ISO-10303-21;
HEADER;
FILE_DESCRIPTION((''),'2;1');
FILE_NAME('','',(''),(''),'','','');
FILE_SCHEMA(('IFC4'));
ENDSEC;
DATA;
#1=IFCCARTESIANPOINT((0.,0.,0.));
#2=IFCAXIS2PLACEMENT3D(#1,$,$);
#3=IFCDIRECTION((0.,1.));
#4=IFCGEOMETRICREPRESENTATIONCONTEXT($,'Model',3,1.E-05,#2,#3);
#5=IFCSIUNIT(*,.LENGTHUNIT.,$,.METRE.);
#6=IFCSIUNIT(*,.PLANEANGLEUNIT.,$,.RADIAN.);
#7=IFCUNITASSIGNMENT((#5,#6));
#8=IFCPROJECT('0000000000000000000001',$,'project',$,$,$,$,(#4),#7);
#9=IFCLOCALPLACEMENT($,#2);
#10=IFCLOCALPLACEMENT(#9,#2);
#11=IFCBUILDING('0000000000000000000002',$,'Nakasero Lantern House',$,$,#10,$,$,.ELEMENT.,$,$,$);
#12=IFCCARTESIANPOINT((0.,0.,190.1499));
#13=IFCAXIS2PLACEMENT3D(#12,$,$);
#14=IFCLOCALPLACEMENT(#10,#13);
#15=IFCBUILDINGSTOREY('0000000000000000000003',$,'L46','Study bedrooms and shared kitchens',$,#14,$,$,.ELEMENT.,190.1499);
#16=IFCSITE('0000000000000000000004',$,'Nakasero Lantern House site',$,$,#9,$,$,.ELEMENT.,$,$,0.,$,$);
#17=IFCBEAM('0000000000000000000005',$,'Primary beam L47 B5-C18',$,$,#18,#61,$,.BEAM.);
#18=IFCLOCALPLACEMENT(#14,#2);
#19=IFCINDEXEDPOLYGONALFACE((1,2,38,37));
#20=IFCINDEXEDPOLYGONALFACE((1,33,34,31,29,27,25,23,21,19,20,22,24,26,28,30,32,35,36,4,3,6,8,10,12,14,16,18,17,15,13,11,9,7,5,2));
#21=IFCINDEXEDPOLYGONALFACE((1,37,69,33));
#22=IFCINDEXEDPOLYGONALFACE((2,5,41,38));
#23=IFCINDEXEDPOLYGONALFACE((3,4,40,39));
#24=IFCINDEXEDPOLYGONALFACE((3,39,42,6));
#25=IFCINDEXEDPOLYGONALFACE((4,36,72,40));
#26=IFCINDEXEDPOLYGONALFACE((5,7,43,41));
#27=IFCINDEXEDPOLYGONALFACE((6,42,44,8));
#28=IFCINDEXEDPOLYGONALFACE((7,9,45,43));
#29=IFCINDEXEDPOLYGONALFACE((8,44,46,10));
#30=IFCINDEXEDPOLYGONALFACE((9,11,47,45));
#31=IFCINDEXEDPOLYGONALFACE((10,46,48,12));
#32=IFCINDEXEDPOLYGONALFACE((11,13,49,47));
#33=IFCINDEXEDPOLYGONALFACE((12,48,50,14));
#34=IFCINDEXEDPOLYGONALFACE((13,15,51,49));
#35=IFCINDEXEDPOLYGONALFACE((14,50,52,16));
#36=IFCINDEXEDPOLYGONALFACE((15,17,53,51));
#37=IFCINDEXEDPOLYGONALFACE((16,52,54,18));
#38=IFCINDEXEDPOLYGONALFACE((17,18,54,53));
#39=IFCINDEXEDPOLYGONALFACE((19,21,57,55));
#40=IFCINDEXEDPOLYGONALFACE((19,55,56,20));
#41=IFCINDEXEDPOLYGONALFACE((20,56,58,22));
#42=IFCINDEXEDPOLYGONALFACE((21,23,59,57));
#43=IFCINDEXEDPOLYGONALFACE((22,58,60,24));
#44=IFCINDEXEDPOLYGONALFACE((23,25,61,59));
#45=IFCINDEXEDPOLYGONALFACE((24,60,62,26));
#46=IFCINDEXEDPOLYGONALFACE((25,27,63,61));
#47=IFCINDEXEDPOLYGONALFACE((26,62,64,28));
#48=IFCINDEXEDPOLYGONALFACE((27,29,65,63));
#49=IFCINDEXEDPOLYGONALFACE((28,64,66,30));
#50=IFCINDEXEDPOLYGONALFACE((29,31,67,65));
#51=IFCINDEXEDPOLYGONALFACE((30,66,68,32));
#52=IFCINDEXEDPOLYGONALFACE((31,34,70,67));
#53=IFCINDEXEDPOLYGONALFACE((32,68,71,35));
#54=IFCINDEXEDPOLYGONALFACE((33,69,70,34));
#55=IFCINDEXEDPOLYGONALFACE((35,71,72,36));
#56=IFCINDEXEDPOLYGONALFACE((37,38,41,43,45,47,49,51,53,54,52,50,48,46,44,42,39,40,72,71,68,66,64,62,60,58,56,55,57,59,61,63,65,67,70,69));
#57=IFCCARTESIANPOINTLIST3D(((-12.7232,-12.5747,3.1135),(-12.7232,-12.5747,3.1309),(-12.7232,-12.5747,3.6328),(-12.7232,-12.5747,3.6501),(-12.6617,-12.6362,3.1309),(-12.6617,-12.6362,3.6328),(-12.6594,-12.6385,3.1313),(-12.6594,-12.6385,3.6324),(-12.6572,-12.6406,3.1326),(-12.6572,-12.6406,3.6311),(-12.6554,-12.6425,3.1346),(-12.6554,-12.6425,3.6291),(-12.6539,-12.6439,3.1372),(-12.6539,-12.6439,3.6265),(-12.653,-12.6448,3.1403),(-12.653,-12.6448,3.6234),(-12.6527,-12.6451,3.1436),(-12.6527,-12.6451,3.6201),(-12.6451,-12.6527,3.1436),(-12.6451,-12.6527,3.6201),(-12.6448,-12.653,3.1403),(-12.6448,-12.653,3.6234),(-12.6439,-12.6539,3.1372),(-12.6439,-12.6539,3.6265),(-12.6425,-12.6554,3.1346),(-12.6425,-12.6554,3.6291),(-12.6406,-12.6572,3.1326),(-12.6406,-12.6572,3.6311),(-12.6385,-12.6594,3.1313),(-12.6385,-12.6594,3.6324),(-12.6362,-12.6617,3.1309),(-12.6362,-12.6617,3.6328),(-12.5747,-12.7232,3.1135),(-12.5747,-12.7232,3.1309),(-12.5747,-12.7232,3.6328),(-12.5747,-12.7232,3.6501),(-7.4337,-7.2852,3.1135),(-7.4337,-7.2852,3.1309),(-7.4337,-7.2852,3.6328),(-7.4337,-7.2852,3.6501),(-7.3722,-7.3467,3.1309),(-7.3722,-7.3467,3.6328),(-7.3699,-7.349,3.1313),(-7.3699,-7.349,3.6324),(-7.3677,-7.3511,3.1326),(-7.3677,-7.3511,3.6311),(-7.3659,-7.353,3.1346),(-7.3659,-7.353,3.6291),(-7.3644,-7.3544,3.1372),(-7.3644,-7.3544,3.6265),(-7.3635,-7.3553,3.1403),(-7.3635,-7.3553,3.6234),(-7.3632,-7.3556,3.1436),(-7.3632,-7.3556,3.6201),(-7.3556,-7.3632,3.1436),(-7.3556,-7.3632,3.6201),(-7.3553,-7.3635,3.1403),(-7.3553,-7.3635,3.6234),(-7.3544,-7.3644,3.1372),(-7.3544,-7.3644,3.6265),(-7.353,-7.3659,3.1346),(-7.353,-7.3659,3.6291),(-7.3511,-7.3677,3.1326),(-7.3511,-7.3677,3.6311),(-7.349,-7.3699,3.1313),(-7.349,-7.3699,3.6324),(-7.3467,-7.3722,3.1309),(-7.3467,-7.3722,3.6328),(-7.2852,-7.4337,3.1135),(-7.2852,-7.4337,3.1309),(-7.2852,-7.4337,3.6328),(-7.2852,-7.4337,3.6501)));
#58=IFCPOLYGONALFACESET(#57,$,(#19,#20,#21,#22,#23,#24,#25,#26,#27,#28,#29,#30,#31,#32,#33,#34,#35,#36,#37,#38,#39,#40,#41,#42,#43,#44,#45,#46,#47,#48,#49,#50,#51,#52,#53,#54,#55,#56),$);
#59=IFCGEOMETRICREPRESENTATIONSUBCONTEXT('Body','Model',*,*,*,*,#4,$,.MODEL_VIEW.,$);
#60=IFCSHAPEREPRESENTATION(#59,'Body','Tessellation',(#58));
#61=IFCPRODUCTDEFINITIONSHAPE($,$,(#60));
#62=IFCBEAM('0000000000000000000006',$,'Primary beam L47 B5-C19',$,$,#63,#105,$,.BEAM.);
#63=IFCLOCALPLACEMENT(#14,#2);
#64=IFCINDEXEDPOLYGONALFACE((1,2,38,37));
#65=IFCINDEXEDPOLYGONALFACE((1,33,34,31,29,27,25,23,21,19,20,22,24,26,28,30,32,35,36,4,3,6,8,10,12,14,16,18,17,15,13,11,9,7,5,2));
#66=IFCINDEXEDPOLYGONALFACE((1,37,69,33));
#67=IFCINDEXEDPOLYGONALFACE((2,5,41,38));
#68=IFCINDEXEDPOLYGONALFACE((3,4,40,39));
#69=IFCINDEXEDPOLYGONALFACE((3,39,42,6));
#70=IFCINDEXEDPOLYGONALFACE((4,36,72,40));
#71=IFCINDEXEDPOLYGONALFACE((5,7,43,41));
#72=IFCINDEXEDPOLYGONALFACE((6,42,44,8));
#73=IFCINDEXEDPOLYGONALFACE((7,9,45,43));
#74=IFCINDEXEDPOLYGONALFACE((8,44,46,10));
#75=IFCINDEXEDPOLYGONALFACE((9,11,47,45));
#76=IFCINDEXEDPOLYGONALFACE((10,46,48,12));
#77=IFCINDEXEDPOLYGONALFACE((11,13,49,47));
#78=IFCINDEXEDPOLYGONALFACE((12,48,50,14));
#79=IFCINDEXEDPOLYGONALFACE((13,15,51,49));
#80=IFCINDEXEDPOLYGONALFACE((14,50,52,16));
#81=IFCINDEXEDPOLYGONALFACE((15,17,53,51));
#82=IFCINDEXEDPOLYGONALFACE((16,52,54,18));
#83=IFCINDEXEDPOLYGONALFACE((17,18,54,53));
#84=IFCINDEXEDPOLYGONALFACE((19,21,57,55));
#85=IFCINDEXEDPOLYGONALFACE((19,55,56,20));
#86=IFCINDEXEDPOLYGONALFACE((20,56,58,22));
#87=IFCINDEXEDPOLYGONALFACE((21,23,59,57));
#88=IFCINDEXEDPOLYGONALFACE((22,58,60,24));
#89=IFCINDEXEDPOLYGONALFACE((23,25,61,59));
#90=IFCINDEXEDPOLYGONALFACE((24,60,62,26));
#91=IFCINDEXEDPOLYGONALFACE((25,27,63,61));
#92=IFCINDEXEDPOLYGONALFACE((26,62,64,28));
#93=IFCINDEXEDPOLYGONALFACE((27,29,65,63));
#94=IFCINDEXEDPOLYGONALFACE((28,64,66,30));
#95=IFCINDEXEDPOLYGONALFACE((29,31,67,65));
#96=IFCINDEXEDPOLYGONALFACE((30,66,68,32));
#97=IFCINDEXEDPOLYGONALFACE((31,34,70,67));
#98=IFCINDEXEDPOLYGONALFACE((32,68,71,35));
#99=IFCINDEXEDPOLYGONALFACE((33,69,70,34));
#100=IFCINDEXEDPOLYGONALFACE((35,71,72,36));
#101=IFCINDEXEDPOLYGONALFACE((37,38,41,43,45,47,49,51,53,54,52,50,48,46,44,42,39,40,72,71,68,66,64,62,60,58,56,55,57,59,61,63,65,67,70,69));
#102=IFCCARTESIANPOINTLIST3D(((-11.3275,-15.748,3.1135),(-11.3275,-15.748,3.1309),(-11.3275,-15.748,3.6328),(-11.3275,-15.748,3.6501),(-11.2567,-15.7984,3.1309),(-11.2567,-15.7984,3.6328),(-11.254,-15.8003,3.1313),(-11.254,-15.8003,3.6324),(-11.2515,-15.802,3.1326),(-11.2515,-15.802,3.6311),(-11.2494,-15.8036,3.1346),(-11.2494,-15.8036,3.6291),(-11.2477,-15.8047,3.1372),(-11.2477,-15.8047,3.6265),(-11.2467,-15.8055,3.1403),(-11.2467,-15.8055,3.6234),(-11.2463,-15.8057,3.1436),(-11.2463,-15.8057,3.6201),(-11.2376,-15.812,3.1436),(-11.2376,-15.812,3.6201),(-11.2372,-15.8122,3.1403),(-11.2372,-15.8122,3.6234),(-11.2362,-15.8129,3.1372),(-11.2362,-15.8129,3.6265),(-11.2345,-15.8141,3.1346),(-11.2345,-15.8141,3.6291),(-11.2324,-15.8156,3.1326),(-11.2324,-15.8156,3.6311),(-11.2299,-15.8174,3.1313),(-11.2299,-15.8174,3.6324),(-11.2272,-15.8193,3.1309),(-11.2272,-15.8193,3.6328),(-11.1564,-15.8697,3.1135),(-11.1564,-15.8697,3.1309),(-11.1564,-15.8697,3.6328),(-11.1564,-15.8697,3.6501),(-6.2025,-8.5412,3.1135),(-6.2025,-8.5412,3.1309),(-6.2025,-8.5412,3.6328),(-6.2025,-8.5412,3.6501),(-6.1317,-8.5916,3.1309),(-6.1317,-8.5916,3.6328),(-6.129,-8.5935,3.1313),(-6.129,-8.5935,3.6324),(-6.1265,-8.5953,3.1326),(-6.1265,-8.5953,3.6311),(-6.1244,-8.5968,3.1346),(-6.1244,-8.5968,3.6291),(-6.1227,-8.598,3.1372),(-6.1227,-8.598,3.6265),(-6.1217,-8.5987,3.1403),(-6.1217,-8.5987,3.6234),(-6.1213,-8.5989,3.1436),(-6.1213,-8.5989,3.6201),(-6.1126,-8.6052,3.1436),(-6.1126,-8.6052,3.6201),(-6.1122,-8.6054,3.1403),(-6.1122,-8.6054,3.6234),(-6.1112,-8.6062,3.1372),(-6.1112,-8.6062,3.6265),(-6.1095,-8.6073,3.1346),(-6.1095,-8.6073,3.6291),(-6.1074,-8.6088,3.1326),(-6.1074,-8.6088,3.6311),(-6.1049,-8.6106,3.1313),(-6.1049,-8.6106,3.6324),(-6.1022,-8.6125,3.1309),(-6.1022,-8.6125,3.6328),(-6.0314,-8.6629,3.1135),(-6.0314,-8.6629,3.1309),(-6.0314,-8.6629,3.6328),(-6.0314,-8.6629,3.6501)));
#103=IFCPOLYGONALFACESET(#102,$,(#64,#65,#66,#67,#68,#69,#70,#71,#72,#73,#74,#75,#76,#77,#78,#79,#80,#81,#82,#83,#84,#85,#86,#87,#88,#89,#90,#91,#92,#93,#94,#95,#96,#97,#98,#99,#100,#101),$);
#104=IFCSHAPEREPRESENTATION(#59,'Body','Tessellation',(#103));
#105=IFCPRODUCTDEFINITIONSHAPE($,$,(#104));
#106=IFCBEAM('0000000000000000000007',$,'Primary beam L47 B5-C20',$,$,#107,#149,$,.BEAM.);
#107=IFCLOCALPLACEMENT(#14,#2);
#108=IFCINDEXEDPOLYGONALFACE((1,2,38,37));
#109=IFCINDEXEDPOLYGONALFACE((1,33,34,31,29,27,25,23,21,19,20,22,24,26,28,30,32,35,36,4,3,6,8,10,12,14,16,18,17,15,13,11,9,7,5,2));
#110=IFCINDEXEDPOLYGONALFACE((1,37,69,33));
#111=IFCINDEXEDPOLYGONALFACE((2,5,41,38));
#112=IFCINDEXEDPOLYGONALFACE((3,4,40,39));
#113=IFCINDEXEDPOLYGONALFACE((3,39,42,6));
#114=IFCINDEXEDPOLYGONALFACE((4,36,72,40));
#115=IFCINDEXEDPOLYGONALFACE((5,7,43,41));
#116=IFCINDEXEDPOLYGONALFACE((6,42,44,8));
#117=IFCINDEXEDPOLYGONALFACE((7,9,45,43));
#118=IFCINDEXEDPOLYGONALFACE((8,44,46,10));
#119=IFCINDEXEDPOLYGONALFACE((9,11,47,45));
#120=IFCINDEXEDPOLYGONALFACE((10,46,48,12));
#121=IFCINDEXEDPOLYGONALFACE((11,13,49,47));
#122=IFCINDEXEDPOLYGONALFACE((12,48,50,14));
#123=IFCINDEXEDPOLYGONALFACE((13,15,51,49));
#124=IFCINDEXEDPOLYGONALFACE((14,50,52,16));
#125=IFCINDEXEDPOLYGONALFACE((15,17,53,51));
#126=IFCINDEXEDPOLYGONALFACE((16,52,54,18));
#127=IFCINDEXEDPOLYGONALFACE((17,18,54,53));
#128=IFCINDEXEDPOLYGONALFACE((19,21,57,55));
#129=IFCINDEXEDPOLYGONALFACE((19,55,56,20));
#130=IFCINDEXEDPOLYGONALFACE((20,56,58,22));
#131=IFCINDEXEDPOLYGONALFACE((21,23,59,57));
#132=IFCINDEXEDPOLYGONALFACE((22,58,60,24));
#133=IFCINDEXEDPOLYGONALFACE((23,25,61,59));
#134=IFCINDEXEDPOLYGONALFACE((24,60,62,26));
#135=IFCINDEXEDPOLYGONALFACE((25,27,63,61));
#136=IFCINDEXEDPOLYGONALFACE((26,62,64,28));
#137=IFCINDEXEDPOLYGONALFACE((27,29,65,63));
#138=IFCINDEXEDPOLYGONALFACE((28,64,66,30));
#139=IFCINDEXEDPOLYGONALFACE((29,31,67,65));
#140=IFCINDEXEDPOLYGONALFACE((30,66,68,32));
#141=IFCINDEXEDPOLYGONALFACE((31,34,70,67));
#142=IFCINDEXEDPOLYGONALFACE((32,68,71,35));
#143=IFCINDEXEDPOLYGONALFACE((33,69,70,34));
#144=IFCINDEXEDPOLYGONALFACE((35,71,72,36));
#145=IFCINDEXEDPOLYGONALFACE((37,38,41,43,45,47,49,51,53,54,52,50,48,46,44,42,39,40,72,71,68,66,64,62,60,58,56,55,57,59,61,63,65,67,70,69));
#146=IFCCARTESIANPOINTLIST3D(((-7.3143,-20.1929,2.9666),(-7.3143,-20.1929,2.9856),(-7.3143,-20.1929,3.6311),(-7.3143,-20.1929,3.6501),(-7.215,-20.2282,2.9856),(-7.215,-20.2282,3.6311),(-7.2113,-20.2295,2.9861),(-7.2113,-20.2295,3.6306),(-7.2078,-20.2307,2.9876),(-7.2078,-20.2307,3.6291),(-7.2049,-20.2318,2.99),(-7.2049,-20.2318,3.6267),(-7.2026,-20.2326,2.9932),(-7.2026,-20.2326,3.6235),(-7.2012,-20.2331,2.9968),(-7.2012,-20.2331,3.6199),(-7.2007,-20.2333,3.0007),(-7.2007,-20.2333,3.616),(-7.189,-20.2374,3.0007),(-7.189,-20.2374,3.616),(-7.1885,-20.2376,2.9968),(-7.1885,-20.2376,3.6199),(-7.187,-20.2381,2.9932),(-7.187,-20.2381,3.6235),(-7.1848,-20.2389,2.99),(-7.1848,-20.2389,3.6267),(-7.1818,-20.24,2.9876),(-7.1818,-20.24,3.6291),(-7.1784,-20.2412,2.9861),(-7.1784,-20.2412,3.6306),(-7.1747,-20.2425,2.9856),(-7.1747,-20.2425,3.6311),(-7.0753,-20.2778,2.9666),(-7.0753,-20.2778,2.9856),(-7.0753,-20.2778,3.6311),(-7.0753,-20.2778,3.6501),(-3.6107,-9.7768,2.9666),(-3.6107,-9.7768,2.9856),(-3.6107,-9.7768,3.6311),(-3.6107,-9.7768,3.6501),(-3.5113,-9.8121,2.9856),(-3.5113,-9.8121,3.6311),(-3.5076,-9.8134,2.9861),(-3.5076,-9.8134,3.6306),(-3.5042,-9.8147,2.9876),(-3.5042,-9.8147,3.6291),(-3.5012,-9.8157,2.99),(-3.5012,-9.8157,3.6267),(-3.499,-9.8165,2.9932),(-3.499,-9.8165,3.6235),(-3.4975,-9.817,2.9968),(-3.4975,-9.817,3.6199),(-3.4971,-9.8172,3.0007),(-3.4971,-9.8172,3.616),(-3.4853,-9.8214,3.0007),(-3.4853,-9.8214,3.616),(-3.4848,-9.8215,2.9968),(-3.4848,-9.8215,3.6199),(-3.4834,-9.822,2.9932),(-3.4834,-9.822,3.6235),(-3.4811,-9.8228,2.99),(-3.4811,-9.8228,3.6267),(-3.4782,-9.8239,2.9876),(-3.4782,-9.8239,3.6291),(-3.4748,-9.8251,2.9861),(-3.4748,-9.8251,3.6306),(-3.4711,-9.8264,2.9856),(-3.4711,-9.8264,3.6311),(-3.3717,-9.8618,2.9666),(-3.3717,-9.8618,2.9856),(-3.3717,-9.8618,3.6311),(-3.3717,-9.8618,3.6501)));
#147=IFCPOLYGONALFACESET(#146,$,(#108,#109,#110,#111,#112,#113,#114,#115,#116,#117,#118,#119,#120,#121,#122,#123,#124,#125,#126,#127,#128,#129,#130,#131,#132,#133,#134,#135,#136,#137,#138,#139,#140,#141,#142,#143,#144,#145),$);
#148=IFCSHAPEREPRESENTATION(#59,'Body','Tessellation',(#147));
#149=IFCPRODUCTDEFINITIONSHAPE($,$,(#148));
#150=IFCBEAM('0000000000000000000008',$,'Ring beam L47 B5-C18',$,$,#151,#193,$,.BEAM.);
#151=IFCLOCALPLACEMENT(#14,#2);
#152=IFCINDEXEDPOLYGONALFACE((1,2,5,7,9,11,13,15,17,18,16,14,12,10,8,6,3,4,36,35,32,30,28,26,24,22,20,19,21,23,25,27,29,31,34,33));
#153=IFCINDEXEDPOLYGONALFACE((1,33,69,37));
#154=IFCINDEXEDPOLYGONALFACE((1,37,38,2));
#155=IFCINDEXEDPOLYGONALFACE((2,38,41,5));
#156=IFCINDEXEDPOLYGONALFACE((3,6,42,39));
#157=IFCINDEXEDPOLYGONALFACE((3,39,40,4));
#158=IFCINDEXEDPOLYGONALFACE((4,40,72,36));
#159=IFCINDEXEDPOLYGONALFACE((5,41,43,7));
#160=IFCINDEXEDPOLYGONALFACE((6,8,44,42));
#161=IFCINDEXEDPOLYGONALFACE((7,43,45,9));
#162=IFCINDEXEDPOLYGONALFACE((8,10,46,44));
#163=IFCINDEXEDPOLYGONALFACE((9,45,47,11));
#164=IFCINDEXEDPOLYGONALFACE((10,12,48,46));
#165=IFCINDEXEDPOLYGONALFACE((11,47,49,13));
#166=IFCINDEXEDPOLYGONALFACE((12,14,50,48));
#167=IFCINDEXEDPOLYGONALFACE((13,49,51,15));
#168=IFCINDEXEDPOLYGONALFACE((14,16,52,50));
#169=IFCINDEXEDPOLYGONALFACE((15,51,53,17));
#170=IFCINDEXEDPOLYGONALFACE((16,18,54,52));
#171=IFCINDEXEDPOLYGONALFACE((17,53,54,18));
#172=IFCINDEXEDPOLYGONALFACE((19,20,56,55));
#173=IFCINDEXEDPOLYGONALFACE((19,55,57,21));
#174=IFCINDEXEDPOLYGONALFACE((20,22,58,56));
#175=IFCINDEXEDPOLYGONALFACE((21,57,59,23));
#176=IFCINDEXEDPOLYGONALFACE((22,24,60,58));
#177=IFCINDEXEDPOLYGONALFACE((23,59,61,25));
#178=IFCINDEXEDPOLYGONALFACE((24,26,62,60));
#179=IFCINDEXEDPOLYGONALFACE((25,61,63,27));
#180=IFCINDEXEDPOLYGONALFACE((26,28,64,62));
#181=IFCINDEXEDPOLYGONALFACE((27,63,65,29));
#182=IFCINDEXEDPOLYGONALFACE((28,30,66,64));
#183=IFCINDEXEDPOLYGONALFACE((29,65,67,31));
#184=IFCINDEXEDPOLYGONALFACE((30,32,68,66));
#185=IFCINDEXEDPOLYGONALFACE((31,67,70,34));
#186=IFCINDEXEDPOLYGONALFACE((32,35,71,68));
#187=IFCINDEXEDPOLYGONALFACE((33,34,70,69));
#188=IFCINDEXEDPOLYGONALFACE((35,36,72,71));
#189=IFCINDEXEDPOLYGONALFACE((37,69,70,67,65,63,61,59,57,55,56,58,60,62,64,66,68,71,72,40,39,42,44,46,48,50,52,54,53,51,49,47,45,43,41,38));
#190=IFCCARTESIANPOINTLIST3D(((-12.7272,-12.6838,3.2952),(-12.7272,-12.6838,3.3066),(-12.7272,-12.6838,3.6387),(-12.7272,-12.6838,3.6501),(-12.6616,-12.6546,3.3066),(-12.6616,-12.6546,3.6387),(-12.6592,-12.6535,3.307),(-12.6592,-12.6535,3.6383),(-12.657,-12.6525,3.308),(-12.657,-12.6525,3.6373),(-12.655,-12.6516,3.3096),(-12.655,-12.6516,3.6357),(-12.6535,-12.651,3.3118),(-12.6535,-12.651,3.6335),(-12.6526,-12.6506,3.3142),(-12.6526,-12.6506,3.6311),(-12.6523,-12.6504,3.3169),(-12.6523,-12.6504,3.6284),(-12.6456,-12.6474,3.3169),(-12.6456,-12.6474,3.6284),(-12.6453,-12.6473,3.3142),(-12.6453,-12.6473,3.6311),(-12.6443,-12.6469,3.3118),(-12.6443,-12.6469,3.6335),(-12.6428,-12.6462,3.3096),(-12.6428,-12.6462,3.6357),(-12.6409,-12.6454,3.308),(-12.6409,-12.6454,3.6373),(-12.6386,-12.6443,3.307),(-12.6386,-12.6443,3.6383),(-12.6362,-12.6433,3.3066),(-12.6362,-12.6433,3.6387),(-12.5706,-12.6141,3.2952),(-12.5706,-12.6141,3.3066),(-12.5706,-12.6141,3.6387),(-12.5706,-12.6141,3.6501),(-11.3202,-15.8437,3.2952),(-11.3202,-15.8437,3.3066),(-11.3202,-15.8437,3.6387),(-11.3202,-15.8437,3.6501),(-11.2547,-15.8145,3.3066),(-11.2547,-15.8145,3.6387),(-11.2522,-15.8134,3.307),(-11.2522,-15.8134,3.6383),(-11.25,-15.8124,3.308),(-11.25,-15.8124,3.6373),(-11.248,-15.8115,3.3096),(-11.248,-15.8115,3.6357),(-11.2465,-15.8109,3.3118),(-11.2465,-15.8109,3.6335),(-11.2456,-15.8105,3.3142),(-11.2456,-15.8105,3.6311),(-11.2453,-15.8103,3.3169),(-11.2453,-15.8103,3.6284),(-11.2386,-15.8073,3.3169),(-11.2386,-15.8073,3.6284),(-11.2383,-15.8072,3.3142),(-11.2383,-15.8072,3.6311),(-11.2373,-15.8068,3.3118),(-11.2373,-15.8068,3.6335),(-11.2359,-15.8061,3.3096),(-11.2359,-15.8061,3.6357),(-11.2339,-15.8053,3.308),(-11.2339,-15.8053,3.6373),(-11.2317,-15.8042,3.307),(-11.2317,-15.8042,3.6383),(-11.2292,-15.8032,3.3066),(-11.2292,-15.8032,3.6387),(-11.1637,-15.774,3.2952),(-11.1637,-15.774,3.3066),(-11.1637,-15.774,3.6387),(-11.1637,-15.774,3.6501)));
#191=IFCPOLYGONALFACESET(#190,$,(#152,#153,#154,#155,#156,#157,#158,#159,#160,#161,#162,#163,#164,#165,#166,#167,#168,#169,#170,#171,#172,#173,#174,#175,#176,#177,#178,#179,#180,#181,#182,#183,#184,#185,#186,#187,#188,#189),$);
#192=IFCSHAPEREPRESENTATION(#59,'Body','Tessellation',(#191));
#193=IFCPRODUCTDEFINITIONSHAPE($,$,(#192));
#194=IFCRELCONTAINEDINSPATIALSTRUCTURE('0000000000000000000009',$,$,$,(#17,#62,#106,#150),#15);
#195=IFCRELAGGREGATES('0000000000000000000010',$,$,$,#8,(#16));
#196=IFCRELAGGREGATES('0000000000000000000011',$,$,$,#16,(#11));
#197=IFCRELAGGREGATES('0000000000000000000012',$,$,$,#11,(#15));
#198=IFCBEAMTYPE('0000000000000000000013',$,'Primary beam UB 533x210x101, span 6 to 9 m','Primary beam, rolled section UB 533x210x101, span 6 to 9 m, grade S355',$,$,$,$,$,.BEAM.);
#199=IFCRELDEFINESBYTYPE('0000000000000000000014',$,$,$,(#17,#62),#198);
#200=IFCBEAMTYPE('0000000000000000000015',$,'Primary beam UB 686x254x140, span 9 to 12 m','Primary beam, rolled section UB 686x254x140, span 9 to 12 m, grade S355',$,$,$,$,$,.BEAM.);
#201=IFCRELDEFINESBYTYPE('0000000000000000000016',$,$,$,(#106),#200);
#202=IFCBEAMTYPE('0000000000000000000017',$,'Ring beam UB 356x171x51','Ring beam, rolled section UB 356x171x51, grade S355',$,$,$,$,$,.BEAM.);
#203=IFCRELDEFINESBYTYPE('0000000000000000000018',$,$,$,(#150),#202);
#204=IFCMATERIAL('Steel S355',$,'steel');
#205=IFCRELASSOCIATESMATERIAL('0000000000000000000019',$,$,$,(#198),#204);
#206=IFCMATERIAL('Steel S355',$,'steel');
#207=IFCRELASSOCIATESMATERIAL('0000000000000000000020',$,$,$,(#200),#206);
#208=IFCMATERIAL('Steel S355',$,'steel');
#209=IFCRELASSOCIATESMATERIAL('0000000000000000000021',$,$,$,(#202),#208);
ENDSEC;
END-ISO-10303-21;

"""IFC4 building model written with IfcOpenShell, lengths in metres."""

from ifc_helpers import new_model, si_unit, direction, frame, origin, origin_2d, place, context, subcontext, project, spatial, i_section, extrude, material, material_profile, profile_set, type_object, element, save


model = new_model("IFC4")

# Units and contexts
model_context = context("Model", 3, precision=1e-05, world=origin(), true_north=direction((0.0, 1.0)))
body_context = subcontext(model_context, "Body", "Model", "MODEL_VIEW")
ifc_project = project(units=[si_unit("LENGTHUNIT", "METRE"), si_unit("PLANEANGLEUNIT", "RADIAN")], contexts=[model_context])

# Site, building, storey
site_placement = place(None, origin())
site = spatial("IfcSite", under=ifc_project, at=site_placement, Name="Nakasero Lantern House site", CompositionType="ELEMENT", RefElevation=0.0)
building_placement = place(site_placement, origin())
building = spatial("IfcBuilding", under=site, at=building_placement, Name="Nakasero Lantern House", CompositionType="ELEMENT")
storey_placement = place(building_placement, frame((0.0, 0.0, 190.1499)))
storey = spatial("IfcBuildingStorey", under=building, at=storey_placement, Name="L46", Description="Study bedrooms and shared kitchens", CompositionType="ELEMENT", Elevation=190.1499)

# Beams
ifc_material_1 = material(Name="Steel S355", Category="steel")
ifc_material_profile_1 = material_profile(ifc_material_1, i_section(OverallWidth=0.21, OverallDepth=0.5366, WebThickness=0.0107, FlangeThickness=0.0173, FilletRadius=0.0127, at=origin_2d()), Name="UB 533x210x101")
ifc_profile_set_1 = profile_set([ifc_material_profile_1], Name="Steel S355")
beam_type_1 = type_object("IfcBeamType", Name="Primary beam UB 533x210x101, span 6 to 9 m", Description="Primary beam, rolled section UB 533x210x101, span 6 to 9 m, grade S355", PredefinedType="BEAM", material=ifc_profile_set_1)
beam_1_placement = place(storey_placement, frame((-12.6489, -12.6489, 3.3818), z_axis=(0.707107, 0.707107, 0.0), x_axis=(-0.707107, 0.707107, 0.0)))
element("IfcBeam", 1, at=beam_1_placement, inside=storey, type_object=beam_type_1, Name="Primary beam L47 B5-C18", PredefinedType="BEAM", context=body_context, shape_type="SweptSolid", body=[
    extrude(i_section(OverallWidth=0.21, OverallDepth=0.5366, WebThickness=0.0107, FlangeThickness=0.0173, FilletRadius=0.0127, at=origin_2d()), origin(), (0.0, 0.0, 1.0), 7.4805),
])
beam_2_placement = place(storey_placement, frame((-11.2419, -15.8088, 3.3818), z_axis=(0.579537, 0.814946, 0.0), x_axis=(-0.814946, 0.579537, 0.0)))
element("IfcBeam", 2, at=beam_2_placement, inside=storey, type_object=beam_type_1, Name="Primary beam L47 B5-C19", PredefinedType="BEAM", context=body_context, shape_type="SweptSolid", body=[
    extrude(i_section(OverallWidth=0.21, OverallDepth=0.5366, WebThickness=0.0107, FlangeThickness=0.0173, FilletRadius=0.0127, at=origin_2d()), origin(), (0.0, 0.0, 1.0), 8.8433),
])
ifc_material_2 = material(Name="Steel S355", Category="steel")
ifc_material_profile_2 = material_profile(ifc_material_2, i_section(OverallWidth=0.2537, OverallDepth=0.6836, WebThickness=0.0125, FlangeThickness=0.019, FilletRadius=0.0151, at=origin_2d()), Name="UB 686x254x140")
ifc_profile_set_2 = profile_set([ifc_material_profile_2], Name="Steel S355")
beam_type_2 = type_object("IfcBeamType", Name="Primary beam UB 686x254x140, span 9 to 12 m", Description="Primary beam, rolled section UB 686x254x140, span 9 to 12 m, grade S355", PredefinedType="BEAM", material=ifc_profile_set_2)
beam_3_placement = place(storey_placement, frame((-7.1948, -20.2354, 3.3083), z_axis=(0.335021, 0.942211, 0.0), x_axis=(-0.942211, 0.335021, 0.0)))
element("IfcBeam", 3, at=beam_3_placement, inside=storey, type_object=beam_type_2, Name="Primary beam L47 B5-C20", PredefinedType="BEAM", context=body_context, shape_type="SweptSolid", body=[
    extrude(i_section(OverallWidth=0.2537, OverallDepth=0.6836, WebThickness=0.0125, FlangeThickness=0.019, FilletRadius=0.0151, at=origin_2d()), origin(), (0.0, 0.0, 1.0), 11.0549),
])
ifc_material_3 = material(Name="Steel S355", Category="steel")
ifc_material_profile_3 = material_profile(ifc_material_3, i_section(OverallWidth=0.1714, OverallDepth=0.355, WebThickness=0.0073, FlangeThickness=0.0115, FilletRadius=0.0103, at=origin_2d()), Name="UB 356x171x51")
ifc_profile_set_3 = profile_set([ifc_material_profile_3], Name="Steel S355")
beam_type_3 = type_object("IfcBeamType", Name="Ring beam UB 356x171x51", Description="Ring beam, rolled section UB 356x171x51, grade S355", PredefinedType="BEAM", material=ifc_profile_set_3)
beam_4_placement = place(storey_placement, frame((-12.6489, -12.6489, 3.4727), z_axis=(0.406761, -0.913535, 0.0), x_axis=(0.913535, 0.406761, 0.0)))
element("IfcBeam", 4, at=beam_4_placement, inside=storey, type_object=beam_type_3, Name="Ring beam L47 B5-C18", PredefinedType="BEAM", context=body_context, shape_type="SweptSolid", body=[
    extrude(i_section(OverallWidth=0.1714, OverallDepth=0.355, WebThickness=0.0073, FlangeThickness=0.0115, FilletRadius=0.0103, at=origin_2d()), origin(), (0.0, 0.0, 1.0), 3.459),
])

save(model, "model.ifc")
